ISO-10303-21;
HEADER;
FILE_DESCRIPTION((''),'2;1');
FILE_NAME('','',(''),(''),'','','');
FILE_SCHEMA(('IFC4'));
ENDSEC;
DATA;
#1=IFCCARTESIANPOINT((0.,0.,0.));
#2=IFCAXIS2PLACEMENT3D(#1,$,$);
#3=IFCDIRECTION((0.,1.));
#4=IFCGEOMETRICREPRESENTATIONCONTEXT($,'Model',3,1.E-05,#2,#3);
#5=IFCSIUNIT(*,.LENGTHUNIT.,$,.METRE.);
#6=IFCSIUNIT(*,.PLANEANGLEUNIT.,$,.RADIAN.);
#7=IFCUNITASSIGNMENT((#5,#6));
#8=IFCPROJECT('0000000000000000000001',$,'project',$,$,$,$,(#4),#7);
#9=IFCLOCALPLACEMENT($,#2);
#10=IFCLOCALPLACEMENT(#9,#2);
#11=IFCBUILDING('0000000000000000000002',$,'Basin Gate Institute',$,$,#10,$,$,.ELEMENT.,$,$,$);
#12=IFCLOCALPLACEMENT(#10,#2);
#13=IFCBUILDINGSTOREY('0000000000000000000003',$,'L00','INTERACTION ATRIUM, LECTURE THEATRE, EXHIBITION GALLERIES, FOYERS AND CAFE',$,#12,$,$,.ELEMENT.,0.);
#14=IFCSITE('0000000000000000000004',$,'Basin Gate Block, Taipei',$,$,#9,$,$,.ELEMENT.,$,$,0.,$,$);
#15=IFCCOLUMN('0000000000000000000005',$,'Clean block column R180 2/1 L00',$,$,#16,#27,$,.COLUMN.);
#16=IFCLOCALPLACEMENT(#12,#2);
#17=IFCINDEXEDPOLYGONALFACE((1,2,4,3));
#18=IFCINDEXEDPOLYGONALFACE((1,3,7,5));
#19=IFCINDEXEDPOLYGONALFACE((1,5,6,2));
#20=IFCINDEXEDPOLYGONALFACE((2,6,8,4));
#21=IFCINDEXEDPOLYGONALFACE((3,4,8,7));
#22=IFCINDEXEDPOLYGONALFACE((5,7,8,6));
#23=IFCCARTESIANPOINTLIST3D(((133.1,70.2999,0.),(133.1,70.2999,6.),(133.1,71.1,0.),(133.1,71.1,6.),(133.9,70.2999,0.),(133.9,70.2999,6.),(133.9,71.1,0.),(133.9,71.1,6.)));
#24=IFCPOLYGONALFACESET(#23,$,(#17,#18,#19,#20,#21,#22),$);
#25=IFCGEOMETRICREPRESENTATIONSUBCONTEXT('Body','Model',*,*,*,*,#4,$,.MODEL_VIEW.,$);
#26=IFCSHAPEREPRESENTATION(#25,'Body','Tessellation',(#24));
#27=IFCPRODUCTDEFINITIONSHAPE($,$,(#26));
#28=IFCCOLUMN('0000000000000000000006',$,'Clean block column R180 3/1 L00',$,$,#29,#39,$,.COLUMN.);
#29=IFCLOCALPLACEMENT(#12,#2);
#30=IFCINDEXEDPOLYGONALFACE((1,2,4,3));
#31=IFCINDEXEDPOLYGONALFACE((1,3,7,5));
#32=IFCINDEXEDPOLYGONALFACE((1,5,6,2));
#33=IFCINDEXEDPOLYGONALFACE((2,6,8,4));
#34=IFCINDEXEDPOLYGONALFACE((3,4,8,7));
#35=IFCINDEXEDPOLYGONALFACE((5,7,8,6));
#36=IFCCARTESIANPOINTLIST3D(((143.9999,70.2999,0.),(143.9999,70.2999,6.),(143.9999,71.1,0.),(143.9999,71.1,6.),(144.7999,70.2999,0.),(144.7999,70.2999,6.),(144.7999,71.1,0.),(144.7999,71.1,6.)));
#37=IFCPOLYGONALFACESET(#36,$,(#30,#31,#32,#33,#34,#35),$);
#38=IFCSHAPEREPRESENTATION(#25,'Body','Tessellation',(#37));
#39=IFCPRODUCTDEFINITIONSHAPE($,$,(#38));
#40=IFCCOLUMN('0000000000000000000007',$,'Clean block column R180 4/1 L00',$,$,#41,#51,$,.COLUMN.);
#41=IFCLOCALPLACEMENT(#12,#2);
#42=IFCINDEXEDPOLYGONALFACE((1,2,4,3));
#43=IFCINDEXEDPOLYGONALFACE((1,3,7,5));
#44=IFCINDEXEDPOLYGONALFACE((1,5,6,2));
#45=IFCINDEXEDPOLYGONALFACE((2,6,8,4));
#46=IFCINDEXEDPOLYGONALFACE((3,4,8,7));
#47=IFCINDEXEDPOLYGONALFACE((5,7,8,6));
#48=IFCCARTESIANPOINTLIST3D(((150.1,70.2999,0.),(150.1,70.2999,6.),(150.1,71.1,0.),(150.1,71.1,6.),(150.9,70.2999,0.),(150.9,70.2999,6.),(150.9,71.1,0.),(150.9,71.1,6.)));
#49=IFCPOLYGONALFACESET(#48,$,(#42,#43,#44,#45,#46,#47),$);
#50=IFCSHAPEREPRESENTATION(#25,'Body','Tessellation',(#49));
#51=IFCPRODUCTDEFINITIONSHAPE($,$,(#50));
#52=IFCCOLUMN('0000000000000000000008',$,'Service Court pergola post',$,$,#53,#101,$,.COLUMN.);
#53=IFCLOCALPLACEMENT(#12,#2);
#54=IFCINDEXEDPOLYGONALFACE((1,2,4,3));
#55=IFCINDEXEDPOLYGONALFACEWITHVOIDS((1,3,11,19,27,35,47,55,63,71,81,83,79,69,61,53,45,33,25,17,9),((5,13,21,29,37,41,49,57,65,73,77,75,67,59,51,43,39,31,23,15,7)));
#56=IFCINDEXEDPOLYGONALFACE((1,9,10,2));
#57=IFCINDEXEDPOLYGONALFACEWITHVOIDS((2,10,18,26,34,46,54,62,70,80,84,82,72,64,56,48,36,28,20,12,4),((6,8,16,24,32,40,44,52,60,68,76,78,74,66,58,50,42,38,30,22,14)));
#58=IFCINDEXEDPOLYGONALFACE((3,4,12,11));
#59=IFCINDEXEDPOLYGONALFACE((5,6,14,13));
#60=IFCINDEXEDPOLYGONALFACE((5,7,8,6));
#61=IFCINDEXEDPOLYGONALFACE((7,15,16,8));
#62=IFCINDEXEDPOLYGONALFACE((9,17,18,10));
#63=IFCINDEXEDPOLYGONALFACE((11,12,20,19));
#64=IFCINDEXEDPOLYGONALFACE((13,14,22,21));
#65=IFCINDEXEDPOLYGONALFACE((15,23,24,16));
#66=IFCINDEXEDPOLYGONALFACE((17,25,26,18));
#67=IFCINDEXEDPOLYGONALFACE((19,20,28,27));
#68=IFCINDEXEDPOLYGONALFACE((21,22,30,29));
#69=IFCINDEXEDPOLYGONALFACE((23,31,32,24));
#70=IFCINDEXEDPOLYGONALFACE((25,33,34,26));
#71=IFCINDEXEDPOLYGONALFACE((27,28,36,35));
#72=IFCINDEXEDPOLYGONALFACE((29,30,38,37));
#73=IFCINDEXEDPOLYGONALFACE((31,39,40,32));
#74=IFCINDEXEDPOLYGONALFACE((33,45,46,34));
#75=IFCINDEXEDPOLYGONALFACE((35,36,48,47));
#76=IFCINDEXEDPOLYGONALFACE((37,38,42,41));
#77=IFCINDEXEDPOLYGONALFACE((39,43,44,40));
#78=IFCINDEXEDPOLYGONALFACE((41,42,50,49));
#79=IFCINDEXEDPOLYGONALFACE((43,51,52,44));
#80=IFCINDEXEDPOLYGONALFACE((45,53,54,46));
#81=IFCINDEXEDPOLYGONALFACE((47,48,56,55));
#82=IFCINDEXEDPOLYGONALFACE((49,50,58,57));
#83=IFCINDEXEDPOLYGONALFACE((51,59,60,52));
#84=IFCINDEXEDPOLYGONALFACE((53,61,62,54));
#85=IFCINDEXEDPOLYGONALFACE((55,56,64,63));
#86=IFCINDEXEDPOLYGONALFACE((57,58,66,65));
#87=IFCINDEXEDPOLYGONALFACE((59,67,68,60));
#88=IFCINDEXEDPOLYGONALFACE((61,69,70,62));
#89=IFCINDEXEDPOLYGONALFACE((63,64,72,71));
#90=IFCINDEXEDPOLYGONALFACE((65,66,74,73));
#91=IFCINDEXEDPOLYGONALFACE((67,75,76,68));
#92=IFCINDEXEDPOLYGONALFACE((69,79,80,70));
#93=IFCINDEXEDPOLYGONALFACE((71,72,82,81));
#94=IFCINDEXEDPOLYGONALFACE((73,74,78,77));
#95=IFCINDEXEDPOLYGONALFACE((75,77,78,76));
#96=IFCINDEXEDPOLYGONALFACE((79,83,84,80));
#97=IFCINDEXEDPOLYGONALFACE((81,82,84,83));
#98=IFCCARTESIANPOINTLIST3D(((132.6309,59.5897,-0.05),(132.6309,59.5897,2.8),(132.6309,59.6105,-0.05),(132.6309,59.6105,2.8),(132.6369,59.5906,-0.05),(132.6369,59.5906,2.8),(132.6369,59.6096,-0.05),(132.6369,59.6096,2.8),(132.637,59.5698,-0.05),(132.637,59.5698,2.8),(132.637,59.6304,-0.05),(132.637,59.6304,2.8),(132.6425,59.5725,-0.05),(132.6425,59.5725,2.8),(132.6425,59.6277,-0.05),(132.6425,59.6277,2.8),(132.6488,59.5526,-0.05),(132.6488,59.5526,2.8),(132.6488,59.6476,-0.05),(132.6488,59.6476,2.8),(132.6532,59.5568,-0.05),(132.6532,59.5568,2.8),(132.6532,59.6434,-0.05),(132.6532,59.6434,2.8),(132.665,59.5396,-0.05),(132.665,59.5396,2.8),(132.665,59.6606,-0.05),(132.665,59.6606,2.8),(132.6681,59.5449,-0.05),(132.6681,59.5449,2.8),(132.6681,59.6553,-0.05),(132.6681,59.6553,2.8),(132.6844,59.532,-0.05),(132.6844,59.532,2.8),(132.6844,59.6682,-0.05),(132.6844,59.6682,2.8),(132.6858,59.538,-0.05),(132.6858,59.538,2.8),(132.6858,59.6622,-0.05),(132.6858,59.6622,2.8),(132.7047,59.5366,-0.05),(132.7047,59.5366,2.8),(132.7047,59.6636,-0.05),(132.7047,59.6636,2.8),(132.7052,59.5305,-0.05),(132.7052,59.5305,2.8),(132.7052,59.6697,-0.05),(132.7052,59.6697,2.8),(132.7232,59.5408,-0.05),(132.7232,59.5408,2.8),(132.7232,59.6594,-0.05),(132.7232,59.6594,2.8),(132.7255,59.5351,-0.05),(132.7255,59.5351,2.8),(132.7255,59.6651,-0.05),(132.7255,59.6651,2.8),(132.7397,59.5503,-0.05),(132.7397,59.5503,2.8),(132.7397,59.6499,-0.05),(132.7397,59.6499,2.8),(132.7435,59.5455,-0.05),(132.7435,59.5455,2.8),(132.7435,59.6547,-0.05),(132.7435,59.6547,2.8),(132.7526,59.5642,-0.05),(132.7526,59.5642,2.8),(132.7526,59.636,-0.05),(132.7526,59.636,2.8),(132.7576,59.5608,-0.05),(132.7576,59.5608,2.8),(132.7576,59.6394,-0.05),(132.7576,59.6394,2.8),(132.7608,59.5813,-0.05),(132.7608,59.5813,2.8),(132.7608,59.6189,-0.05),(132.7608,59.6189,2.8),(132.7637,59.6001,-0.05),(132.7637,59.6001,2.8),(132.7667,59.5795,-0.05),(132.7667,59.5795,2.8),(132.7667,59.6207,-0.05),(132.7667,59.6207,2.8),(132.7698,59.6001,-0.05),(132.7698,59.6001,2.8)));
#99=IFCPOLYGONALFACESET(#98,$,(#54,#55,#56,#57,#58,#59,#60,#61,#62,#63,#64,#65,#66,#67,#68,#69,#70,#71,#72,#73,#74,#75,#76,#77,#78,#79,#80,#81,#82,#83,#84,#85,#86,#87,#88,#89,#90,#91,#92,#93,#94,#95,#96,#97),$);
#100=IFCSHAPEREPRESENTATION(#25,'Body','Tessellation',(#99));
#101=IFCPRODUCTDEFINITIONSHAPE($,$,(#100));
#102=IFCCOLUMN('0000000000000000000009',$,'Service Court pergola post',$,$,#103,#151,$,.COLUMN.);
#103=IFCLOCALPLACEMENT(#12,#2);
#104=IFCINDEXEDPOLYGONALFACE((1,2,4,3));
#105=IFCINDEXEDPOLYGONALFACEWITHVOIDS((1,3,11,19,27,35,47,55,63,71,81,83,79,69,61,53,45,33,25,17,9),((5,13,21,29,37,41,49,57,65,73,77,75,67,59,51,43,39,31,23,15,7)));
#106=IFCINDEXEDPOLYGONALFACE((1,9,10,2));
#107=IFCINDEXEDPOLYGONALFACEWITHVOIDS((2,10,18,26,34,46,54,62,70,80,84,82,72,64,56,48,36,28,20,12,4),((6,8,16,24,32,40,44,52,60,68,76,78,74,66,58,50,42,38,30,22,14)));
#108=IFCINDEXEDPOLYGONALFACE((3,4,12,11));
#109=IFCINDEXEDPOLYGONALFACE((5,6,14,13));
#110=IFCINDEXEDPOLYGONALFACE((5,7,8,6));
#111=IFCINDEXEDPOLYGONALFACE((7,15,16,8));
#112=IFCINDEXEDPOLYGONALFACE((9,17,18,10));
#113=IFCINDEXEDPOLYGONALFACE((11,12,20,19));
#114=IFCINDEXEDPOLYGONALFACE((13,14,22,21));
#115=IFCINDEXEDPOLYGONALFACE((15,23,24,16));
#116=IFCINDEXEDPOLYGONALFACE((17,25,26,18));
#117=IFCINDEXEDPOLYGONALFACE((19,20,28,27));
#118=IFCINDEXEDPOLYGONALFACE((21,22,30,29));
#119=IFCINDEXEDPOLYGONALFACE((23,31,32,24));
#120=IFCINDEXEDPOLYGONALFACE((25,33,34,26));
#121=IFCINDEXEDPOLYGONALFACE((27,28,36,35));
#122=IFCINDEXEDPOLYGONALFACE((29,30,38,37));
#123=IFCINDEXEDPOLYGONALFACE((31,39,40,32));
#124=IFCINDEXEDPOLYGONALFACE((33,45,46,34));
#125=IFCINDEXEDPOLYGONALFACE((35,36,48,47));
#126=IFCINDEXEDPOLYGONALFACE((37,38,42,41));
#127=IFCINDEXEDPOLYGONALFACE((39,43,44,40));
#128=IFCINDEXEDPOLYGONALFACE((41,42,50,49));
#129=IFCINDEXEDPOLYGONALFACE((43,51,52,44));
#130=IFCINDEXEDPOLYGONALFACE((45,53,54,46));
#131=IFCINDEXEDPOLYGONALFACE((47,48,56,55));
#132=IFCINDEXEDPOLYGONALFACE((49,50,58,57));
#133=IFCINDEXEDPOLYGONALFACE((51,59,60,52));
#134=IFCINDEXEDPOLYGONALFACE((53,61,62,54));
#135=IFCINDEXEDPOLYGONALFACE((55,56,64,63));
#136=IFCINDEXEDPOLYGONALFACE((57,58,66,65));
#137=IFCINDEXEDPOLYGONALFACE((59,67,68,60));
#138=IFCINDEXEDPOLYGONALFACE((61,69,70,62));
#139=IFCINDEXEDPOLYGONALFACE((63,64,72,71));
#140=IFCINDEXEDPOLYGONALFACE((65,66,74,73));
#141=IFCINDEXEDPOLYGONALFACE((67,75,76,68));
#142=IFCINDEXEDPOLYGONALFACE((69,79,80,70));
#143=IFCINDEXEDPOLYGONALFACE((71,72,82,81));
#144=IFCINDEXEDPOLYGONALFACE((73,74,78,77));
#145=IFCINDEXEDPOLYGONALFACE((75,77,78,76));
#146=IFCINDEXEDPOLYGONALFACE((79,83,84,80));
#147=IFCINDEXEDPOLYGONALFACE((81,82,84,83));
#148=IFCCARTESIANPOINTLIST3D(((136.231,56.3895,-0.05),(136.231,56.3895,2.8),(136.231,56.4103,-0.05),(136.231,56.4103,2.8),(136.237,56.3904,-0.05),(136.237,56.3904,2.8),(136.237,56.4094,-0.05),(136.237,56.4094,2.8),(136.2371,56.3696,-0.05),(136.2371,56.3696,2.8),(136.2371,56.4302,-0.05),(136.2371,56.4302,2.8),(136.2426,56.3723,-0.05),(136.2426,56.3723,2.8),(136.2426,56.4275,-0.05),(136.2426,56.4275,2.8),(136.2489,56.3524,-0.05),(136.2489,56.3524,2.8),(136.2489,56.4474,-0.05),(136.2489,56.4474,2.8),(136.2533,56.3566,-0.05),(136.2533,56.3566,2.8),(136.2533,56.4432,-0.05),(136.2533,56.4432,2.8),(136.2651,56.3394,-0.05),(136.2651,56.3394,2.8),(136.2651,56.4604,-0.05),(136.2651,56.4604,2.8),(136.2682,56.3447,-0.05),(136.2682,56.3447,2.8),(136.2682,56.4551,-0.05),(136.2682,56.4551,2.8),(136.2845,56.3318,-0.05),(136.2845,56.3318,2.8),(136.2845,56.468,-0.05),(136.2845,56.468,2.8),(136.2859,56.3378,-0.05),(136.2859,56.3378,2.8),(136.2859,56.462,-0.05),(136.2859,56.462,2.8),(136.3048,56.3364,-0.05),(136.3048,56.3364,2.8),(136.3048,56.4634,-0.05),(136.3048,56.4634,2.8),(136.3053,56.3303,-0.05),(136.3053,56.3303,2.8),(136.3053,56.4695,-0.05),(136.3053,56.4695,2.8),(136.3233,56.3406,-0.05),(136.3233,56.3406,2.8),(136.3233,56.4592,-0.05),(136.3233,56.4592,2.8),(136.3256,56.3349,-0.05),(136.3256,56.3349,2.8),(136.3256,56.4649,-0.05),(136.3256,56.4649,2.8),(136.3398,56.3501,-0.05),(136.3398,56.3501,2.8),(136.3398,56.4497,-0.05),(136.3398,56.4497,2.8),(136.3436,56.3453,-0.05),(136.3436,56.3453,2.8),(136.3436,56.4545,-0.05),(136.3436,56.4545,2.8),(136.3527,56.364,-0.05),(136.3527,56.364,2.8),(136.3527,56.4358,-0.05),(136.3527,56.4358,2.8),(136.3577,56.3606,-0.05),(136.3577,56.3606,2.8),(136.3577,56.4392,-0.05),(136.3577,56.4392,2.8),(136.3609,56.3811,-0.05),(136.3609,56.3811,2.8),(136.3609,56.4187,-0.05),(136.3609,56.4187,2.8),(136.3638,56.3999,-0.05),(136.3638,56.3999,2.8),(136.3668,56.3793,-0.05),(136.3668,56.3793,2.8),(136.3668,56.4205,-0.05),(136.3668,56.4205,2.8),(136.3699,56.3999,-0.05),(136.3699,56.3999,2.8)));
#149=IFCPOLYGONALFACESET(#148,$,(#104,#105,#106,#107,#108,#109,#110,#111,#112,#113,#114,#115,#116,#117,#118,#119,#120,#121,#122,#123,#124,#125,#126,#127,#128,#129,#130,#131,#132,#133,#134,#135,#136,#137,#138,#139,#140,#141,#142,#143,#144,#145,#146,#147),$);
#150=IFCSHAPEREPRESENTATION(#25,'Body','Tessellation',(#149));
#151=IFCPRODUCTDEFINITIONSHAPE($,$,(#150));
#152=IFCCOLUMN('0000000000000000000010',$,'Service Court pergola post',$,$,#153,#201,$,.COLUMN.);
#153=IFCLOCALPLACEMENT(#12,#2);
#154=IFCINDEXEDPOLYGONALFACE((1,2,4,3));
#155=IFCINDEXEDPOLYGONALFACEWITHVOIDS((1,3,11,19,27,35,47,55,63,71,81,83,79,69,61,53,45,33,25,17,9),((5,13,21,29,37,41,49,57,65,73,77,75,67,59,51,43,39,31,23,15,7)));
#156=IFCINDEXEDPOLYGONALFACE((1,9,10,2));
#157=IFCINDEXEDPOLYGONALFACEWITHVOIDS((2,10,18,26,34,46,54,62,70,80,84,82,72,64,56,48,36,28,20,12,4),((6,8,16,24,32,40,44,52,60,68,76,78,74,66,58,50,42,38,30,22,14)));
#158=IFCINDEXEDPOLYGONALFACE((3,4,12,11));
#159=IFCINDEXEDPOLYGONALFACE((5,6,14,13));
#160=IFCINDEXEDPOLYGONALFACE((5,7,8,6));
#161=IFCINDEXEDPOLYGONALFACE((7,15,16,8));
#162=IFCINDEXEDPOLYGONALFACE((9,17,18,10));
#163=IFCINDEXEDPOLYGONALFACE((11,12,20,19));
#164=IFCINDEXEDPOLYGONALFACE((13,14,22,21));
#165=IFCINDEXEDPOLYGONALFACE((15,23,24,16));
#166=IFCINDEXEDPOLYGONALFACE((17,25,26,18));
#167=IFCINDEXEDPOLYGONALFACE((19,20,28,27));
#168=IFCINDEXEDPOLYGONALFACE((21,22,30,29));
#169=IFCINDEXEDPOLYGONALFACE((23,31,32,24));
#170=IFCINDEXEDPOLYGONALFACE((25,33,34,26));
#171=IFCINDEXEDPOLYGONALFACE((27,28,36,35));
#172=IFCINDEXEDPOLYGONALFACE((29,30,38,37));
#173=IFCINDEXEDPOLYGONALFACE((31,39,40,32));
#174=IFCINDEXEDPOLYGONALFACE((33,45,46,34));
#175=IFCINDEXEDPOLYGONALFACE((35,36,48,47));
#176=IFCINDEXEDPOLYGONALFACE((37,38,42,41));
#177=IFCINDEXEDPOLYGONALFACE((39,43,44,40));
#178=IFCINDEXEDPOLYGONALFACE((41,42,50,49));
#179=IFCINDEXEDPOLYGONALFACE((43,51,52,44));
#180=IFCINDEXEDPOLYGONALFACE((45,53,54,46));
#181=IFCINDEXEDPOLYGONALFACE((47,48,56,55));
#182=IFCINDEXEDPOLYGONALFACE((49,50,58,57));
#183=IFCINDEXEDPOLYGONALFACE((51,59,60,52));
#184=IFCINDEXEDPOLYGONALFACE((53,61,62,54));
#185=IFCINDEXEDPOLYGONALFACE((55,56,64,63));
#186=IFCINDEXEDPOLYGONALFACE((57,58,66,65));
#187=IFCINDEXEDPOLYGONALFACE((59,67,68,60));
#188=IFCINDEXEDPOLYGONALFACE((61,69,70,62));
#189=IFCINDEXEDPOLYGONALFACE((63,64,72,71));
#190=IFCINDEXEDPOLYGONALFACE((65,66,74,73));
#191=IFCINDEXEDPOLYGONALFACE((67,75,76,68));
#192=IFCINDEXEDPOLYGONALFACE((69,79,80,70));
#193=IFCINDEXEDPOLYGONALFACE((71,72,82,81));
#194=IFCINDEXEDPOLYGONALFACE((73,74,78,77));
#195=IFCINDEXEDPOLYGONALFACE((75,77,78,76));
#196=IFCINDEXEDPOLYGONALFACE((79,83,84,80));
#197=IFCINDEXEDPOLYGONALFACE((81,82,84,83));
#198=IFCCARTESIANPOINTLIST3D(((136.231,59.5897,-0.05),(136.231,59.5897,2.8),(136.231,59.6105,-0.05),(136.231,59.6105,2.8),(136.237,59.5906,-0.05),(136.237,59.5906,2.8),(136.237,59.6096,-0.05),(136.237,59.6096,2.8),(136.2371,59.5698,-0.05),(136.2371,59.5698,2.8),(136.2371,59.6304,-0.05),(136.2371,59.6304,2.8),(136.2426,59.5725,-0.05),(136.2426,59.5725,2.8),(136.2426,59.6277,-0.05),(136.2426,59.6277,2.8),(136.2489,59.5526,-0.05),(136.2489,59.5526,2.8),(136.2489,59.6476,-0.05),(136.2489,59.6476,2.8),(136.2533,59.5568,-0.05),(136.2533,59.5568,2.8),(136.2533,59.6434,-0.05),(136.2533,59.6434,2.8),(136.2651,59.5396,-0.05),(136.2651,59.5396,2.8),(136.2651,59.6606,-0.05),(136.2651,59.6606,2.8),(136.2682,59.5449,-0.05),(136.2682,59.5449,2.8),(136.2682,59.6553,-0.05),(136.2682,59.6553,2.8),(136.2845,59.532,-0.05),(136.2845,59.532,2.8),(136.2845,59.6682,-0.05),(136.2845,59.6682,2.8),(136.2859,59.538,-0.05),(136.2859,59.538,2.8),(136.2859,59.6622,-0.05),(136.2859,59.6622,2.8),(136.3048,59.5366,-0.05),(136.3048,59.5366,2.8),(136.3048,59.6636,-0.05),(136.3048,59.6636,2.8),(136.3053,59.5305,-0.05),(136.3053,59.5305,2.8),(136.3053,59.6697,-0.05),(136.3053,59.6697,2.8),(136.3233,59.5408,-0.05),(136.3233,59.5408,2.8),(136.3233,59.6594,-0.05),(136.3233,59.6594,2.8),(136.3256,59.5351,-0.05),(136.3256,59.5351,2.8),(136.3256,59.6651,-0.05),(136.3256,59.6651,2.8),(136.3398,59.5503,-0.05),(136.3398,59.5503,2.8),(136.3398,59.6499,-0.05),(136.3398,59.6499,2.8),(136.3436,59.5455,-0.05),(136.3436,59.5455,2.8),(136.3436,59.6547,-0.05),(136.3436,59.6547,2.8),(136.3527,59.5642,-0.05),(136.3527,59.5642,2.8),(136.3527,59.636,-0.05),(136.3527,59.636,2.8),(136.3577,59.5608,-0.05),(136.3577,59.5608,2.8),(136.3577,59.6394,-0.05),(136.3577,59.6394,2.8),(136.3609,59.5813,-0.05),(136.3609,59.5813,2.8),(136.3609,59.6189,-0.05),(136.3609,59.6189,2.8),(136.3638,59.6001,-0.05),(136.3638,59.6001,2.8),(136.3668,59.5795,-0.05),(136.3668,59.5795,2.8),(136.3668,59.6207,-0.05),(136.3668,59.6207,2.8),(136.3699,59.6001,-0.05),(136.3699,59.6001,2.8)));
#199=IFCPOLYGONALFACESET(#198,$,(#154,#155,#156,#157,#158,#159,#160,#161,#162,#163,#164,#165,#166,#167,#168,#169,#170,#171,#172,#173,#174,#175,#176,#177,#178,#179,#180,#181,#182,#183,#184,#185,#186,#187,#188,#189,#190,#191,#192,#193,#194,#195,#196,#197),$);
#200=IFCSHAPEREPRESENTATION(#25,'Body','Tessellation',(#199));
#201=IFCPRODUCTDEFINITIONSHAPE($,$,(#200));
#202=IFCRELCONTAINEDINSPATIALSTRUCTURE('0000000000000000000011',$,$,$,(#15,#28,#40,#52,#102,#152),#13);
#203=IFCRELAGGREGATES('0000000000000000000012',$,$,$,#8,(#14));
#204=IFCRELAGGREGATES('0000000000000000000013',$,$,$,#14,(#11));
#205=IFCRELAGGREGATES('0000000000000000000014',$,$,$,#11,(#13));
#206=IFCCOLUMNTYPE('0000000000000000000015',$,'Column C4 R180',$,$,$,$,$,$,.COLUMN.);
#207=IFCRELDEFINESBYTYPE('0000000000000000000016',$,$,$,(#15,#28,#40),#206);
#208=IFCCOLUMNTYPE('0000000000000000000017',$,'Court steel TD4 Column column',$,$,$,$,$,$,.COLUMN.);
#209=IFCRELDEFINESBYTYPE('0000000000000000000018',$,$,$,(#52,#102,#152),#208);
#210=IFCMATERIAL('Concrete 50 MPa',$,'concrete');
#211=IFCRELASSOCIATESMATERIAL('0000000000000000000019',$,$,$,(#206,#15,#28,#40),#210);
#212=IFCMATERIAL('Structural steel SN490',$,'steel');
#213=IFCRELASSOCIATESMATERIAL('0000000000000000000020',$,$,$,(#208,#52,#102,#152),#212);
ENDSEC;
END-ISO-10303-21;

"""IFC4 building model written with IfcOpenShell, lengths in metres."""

from ifc_helpers import new_model, si_unit, direction, frame, origin, origin_2d, place, context, subcontext, project, spatial, rectangle, hollow_circle, extrude, material, material_profile, profile_set, type_object, element, save


model = new_model("IFC4")

# Units and contexts
model_context = context("Model", 3, precision=1e-05, world=origin(), true_north=direction((0.0, 1.0)))
body_context = subcontext(model_context, "Body", "Model", "MODEL_VIEW")
ifc_project = project(units=[si_unit("LENGTHUNIT", "METRE"), si_unit("PLANEANGLEUNIT", "RADIAN")], contexts=[model_context])

# Site, building, storey
site_placement = place(None, origin())
site = spatial("IfcSite", under=ifc_project, at=site_placement, Name="Basin Gate Block, Taipei", CompositionType="ELEMENT", RefElevation=0.0)
building_placement = place(site_placement, origin())
building = spatial("IfcBuilding", under=site, at=building_placement, Name="Basin Gate Institute", CompositionType="ELEMENT")
storey_placement = place(building_placement, origin())
storey = spatial("IfcBuildingStorey", under=building, at=storey_placement, Name="L00", Description="INTERACTION ATRIUM, LECTURE THEATRE, EXHIBITION GALLERIES, FOYERS AND CAFE", CompositionType="ELEMENT", Elevation=0.0)

# Columns
ifc_material_1 = material(Name="Concrete 50 MPa", Category="concrete")
ifc_material_profile_1 = material_profile(ifc_material_1, rectangle(XDim=0.8, YDim=0.8, at=origin_2d()), Name="Column C4 800 x 800")
ifc_profile_set_1 = profile_set([ifc_material_profile_1], Name="Concrete 50 MPa")
column_type_1 = type_object("IfcColumnType", Name="Column C4 R180", PredefinedType="COLUMN", material=ifc_profile_set_1)
for number, where, z_axis, x_axis, name in (
    (1, (133.5, 70.7, 0.0), (0.0, 0.0, 1.0), (1.0, 0.0, 0.0), "Clean block column R180 2/1 L00"),
    (2, (144.3999, 70.7, 0.0), (0.0, 0.0, 1.0), (1.0, 0.0, 0.0), "Clean block column R180 3/1 L00"),
    (3, (150.5, 70.7, 0.0), (0.0, 0.0, 1.0), (1.0, 0.0, 0.0), "Clean block column R180 4/1 L00"),
):
    element("IfcColumn", number, at=place(storey_placement, frame(where, z_axis=z_axis, x_axis=x_axis)), inside=storey, type_object=column_type_1, material=ifc_profile_set_1, Name=name, PredefinedType="COLUMN", context=body_context, shape_type="SweptSolid", body=[
        extrude(rectangle(XDim=0.8, YDim=0.8, at=origin_2d()), origin(), (0.0, 0.0, 1.0), 6.0),
    ])
ifc_material_2 = material(Name="Structural steel SN490", Category="steel")
ifc_material_profile_2 = material_profile(ifc_material_2, hollow_circle(Radius=0.0698, WallThickness=0.0061, at=origin_2d()), Name="CHS139x6")
ifc_profile_set_2 = profile_set([ifc_material_profile_2], Name="Structural steel SN490")
column_type_2 = type_object("IfcColumnType", Name="Court steel TD4 Column column", PredefinedType="COLUMN", material=ifc_profile_set_2)
for number, where, z_axis, x_axis, name in (
    (4, (132.7, 59.6001, -0.05), (0.0, 0.0, 1.0), (1.0, 0.0, 0.0), "Service Court pergola post"),
    (5, (136.3, 56.3999, -0.05), (0.0, 0.0, 1.0), (1.0, 0.0, 0.0), "Service Court pergola post"),
    (6, (136.3, 59.6001, -0.05), (0.0, 0.0, 1.0), (1.0, 0.0, 0.0), "Service Court pergola post"),
):
    element("IfcColumn", number, at=place(storey_placement, frame(where, z_axis=z_axis, x_axis=x_axis)), inside=storey, type_object=column_type_2, material=ifc_profile_set_2, Name=name, PredefinedType="COLUMN", context=body_context, shape_type="SweptSolid", body=[
        extrude(hollow_circle(Radius=0.0698, WallThickness=0.0061, at=origin_2d()), origin(), (0.0, 0.0, 1.0), 2.8501),
    ])

save(model, "model.ifc")
